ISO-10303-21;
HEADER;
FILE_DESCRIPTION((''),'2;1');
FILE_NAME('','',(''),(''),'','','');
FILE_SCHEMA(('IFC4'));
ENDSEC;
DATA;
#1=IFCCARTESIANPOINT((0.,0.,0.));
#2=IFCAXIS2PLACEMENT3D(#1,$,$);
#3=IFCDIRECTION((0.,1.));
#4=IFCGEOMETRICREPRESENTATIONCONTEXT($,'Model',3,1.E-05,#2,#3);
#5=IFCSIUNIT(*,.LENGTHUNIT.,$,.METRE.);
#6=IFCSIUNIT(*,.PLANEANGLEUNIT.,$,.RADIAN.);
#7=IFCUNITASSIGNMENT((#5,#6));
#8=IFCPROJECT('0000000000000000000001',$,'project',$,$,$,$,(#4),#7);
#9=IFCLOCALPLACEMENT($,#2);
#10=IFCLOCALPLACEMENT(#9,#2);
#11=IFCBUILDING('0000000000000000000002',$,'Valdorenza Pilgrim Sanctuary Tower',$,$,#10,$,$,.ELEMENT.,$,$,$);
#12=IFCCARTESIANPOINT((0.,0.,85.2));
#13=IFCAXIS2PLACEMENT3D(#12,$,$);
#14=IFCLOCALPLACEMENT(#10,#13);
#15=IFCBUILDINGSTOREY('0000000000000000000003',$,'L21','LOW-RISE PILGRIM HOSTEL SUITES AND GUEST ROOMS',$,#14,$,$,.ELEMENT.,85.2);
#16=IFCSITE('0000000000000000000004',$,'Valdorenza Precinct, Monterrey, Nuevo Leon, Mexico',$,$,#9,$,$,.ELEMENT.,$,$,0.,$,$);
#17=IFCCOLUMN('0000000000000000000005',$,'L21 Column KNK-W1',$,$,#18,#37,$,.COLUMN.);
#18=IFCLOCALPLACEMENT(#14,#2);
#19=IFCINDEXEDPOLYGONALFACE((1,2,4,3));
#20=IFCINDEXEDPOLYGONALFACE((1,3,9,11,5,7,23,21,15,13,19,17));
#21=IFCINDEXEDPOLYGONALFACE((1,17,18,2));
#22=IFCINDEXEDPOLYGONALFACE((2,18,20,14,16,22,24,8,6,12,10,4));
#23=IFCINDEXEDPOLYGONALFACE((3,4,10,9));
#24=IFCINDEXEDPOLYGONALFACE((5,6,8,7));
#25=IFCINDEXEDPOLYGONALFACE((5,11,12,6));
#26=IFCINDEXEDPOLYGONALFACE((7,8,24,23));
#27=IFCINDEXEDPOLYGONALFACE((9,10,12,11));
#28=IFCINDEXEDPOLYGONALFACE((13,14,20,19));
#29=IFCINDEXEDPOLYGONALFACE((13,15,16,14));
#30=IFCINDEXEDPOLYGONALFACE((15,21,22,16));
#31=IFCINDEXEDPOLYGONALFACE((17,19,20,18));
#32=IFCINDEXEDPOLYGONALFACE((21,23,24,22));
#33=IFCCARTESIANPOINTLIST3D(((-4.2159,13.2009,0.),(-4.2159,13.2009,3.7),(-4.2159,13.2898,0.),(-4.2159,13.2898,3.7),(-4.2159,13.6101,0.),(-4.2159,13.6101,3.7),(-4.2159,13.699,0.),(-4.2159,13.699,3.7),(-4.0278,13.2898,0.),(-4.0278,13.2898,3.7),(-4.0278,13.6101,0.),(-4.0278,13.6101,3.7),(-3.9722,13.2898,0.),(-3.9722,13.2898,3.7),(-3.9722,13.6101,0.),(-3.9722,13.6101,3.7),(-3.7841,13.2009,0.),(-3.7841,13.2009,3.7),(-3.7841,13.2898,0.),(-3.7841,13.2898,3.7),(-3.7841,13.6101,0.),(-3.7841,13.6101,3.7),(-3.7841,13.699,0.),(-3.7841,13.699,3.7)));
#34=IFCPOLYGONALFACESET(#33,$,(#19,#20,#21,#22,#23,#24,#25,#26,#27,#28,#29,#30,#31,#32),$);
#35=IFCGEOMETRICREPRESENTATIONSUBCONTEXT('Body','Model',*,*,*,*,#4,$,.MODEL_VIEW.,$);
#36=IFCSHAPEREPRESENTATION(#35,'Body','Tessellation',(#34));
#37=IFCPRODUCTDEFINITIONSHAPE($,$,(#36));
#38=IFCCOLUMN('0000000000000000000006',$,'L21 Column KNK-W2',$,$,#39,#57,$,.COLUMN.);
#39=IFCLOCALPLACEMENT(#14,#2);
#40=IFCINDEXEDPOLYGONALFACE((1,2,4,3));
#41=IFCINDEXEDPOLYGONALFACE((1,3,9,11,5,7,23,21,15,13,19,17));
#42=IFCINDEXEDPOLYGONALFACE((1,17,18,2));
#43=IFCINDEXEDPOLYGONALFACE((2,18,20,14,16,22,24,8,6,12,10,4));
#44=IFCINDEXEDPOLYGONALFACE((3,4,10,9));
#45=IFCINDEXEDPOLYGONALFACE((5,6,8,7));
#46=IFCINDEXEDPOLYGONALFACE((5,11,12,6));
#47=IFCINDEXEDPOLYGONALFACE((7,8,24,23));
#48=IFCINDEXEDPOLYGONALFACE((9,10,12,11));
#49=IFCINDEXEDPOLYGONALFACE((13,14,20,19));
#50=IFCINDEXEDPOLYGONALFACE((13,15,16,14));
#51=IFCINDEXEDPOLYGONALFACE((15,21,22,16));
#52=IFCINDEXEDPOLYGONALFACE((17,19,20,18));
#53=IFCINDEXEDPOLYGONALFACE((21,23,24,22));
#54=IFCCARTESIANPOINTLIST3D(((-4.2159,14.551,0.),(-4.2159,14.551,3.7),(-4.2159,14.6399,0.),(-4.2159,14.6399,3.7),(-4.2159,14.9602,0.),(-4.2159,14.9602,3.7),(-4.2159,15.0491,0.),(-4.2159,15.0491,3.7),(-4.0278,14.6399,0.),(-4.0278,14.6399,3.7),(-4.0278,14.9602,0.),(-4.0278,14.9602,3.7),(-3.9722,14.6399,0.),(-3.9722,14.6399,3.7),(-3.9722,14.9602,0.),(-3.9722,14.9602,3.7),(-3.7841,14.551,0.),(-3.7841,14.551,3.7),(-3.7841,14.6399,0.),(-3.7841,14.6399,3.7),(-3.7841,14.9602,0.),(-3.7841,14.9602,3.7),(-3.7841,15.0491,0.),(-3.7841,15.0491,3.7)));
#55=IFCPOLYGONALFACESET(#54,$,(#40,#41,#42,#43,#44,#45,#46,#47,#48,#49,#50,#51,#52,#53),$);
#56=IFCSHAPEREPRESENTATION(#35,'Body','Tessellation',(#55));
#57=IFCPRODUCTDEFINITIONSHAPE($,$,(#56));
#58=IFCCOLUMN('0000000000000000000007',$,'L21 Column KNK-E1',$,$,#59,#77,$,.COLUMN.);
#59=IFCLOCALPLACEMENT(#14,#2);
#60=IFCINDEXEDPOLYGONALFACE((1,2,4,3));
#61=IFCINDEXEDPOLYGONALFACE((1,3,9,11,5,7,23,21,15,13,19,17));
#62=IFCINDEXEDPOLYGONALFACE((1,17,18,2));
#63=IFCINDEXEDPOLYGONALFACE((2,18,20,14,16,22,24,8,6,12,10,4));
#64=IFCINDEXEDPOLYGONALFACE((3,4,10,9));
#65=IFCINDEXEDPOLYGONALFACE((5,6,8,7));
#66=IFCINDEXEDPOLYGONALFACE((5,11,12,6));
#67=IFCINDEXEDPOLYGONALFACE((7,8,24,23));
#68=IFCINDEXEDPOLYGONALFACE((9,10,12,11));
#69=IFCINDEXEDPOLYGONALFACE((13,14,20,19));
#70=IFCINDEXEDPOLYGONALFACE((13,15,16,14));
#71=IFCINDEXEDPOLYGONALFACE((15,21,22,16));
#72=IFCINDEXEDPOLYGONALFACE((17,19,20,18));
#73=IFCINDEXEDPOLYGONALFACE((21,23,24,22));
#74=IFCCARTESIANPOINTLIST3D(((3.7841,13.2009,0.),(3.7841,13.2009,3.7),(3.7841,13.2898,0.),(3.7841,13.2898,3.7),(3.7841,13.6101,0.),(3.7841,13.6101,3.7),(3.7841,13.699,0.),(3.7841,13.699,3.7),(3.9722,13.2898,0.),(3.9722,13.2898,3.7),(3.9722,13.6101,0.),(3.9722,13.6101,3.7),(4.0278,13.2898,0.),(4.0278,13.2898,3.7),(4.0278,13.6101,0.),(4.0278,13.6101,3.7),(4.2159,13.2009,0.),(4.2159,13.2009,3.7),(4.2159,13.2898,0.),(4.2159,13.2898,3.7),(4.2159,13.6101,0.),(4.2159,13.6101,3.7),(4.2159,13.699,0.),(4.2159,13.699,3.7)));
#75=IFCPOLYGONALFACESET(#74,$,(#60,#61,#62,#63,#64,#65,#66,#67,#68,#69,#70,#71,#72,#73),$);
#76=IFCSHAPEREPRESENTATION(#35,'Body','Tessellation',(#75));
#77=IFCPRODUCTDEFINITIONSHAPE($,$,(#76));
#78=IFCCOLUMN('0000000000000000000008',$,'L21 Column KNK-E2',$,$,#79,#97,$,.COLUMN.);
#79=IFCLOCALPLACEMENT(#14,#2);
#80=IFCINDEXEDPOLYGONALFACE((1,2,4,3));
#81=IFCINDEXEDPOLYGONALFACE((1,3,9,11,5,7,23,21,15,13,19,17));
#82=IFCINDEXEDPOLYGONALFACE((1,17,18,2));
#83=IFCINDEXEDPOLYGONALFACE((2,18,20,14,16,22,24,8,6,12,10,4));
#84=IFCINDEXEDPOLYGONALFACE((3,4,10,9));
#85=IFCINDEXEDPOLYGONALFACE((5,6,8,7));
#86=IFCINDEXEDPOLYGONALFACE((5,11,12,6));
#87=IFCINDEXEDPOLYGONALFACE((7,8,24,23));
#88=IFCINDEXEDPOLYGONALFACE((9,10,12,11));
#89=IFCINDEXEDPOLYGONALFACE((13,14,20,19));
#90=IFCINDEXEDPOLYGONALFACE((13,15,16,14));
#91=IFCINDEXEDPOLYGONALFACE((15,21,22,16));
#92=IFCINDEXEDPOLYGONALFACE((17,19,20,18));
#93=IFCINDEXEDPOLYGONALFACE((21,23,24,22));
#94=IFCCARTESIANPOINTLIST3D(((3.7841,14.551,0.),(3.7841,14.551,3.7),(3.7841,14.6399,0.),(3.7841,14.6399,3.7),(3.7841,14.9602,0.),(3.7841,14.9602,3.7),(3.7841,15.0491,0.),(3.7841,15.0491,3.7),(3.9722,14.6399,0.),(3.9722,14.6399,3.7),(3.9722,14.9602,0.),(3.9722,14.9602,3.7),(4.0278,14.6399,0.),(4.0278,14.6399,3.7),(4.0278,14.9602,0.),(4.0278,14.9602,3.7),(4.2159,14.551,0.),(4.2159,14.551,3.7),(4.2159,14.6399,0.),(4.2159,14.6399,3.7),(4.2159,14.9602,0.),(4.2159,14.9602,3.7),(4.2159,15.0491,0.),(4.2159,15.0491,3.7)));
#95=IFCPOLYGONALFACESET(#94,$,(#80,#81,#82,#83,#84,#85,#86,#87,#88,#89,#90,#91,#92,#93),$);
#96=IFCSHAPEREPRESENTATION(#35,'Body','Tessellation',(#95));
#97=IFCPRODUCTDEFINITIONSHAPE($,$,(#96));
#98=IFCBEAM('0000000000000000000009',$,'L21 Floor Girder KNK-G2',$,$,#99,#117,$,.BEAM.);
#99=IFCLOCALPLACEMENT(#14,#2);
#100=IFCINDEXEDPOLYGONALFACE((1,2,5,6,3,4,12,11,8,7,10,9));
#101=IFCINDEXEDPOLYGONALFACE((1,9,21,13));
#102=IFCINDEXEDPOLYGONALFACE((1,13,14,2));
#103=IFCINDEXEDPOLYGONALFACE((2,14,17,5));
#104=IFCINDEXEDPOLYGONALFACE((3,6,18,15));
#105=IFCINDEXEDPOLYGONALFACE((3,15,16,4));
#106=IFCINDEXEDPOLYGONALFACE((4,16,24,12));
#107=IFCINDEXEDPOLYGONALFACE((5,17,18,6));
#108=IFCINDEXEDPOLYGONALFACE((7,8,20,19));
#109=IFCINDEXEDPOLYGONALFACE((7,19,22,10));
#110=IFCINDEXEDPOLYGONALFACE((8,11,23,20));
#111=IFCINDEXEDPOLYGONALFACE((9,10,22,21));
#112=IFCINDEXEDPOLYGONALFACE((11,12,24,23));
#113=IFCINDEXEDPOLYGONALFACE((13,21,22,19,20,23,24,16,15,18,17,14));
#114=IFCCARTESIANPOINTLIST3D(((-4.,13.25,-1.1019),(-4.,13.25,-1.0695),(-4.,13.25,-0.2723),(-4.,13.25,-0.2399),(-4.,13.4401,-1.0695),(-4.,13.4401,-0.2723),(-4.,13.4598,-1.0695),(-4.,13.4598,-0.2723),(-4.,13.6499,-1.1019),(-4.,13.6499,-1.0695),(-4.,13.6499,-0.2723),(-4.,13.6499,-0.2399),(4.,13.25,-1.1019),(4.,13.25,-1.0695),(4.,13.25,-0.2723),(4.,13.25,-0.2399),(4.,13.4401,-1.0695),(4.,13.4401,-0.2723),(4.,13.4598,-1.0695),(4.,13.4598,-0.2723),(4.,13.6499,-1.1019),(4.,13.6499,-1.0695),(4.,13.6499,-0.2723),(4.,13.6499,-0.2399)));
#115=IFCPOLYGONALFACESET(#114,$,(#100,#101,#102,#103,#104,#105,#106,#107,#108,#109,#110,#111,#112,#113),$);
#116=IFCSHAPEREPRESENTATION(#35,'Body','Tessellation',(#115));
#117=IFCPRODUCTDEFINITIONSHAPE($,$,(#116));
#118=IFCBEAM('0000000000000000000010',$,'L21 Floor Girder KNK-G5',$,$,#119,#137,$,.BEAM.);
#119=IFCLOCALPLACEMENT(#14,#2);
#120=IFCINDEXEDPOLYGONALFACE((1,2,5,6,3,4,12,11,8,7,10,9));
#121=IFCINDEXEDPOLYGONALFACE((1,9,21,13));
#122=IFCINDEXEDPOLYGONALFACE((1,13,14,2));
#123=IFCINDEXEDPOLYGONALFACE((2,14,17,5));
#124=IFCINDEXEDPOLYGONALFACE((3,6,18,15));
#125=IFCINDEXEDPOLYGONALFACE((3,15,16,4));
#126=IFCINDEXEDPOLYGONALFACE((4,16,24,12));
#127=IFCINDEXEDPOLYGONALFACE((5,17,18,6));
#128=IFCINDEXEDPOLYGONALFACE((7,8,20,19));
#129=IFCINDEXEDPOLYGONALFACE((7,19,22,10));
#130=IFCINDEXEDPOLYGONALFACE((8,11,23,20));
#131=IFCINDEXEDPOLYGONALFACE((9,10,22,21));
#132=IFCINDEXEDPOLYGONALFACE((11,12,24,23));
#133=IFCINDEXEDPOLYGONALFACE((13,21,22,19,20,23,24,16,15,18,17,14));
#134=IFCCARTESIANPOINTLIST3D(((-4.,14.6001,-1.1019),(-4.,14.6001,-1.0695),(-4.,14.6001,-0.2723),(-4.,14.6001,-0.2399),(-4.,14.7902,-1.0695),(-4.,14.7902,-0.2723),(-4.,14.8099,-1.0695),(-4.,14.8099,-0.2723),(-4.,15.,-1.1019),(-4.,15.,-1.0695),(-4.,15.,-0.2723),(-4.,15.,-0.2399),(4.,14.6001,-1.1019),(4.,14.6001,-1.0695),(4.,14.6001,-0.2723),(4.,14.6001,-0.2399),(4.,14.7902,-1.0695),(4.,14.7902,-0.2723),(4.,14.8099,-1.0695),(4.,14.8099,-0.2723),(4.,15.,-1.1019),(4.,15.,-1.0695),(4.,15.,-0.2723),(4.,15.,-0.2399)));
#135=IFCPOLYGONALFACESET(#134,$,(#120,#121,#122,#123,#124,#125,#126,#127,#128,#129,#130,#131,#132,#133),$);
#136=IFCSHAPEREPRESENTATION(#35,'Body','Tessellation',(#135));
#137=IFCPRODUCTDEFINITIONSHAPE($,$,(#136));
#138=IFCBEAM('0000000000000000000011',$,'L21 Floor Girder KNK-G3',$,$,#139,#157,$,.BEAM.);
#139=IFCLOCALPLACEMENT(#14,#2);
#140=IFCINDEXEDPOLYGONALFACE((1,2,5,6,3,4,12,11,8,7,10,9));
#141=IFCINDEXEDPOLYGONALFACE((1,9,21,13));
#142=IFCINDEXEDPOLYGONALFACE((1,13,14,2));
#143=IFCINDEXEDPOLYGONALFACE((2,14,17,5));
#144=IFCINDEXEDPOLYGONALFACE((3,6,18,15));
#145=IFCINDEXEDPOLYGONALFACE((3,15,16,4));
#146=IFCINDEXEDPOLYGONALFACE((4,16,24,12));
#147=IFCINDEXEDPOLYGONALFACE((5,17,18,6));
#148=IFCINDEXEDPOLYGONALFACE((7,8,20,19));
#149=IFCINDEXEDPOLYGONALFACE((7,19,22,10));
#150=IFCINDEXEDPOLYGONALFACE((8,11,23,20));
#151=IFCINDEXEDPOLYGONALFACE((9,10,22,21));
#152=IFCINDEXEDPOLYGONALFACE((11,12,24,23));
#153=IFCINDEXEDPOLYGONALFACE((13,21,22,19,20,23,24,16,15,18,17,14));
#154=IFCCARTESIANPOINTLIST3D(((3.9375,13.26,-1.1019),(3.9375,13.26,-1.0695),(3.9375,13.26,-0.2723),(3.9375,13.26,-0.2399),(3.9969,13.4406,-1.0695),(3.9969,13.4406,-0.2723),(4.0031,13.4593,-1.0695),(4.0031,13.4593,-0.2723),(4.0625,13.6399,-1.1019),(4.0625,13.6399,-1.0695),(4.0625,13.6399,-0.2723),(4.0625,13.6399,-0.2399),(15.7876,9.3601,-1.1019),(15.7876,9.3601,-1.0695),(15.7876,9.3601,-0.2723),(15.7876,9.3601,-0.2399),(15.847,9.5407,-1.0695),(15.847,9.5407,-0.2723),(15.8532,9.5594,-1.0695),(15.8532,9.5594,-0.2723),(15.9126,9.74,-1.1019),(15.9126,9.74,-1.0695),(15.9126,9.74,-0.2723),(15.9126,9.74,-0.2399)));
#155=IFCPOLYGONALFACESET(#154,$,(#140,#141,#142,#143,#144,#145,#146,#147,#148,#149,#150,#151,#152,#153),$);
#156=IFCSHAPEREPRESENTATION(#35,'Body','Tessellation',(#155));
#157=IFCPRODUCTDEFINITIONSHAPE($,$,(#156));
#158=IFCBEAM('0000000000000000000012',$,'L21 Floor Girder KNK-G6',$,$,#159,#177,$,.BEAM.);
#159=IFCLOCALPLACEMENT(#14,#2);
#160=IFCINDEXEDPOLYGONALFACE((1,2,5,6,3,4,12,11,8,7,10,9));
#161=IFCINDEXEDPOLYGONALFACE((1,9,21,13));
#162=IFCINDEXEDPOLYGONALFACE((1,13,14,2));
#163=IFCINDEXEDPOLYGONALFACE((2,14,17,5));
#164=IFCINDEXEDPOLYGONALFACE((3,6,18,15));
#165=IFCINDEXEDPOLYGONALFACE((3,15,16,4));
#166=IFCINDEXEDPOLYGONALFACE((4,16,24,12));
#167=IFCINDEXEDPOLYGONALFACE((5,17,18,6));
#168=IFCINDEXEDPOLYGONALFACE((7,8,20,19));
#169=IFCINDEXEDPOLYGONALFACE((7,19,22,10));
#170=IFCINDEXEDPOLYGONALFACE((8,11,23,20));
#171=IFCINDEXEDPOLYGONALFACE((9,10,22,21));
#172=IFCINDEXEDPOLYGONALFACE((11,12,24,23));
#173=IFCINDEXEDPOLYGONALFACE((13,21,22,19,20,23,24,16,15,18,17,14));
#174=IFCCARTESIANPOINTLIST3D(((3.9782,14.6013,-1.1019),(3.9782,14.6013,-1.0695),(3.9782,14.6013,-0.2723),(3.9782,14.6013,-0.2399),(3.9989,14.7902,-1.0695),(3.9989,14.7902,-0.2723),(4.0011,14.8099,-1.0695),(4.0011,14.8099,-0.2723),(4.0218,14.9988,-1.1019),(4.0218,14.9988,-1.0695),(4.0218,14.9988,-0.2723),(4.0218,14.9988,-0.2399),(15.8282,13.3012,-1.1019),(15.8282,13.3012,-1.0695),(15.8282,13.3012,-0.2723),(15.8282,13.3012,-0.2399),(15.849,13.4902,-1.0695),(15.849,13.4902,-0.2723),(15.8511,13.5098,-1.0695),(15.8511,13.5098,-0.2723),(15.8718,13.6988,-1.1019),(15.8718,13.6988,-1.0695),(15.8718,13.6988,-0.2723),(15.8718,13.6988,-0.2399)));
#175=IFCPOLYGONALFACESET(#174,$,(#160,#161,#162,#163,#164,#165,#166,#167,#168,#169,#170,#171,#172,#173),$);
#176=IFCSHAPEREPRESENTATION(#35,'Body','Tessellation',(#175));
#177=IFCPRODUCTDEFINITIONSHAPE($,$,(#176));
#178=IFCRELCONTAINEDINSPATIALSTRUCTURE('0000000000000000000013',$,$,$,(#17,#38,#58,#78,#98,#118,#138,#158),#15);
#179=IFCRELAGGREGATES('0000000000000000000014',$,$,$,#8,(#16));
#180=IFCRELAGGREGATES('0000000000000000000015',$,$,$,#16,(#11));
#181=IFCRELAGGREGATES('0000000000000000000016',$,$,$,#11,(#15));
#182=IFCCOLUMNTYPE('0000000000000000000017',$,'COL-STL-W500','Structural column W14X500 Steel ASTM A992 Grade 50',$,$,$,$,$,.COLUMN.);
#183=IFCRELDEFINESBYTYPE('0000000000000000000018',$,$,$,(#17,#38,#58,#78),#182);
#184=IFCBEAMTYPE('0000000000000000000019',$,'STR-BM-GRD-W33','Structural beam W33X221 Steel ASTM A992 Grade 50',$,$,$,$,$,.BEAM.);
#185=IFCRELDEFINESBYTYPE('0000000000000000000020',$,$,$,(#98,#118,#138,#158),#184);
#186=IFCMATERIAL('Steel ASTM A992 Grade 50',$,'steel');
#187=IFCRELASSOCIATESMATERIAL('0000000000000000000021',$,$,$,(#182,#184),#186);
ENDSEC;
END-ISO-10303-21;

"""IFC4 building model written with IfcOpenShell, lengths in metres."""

from ifc_helpers import new_model, si_unit, direction, frame, origin, origin_2d, place, context, subcontext, project, spatial, i_section, extrude, source, transform, mapped, material, material_profile, profile_set, type_object, element, save


model = new_model("IFC4")

# Units and contexts
model_context = context("Model", 3, precision=1e-05, world=origin(), true_north=direction((0.0, 1.0)))
body_context = subcontext(model_context, "Body", "Model", "MODEL_VIEW")
ifc_project = project(units=[si_unit("LENGTHUNIT", "METRE"), si_unit("PLANEANGLEUNIT", "RADIAN")], contexts=[model_context])

# Site, building, storey
site_placement = place(None, origin())
site = spatial("IfcSite", under=ifc_project, at=site_placement, Name="Valdorenza Precinct, Monterrey, Nuevo Leon, Mexico", CompositionType="ELEMENT", RefElevation=0.0)
building_placement = place(site_placement, origin())
building = spatial("IfcBuilding", under=site, at=building_placement, Name="Valdorenza Pilgrim Sanctuary Tower", CompositionType="ELEMENT")
storey_placement = place(building_placement, frame((0.0, 0.0, 85.2)))
storey = spatial("IfcBuildingStorey", under=building, at=storey_placement, Name="L21", Description="LOW-RISE PILGRIM HOSTEL SUITES AND GUEST ROOMS", CompositionType="ELEMENT", Elevation=85.2)

# Columns
ifc_material_1 = material(Name="Steel ASTM A992 Grade 50", Category="steel")
ifc_material_profile_1 = material_profile(ifc_material_1, i_section(OverallWidth=0.4319, OverallDepth=0.498, WebThickness=0.0557, FlangeThickness=0.0889, at=origin_2d()), Name="W14X500")
ifc_profile_set_1 = profile_set([ifc_material_profile_1], Name="Steel ASTM A992 Grade 50")
column_type = type_object("IfcColumnType", Name="COL-STL-W500", Description="Structural column W14X500 Steel ASTM A992 Grade 50", PredefinedType="COLUMN", material=ifc_profile_set_1)
shared_shape_1 = source(origin(), body_context, "Body", "SweptSolid", [
    extrude(i_section(OverallWidth=0.4319, OverallDepth=0.498, WebThickness=0.0557, FlangeThickness=0.0889, at=origin_2d()), origin(), (0.0, 0.0, 1.0), 3.7),
])
for number, where, z_axis, x_axis, name in (
    (1, (-4.0, 13.45, 0.0), (0.0, 0.0, 1.0), (1.0, 0.0, 0.0), "L21 Column KNK-W1"),
    (2, (-4.0, 14.8, 0.0), (0.0, 0.0, 1.0), (1.0, 0.0, 0.0), "L21 Column KNK-W2"),
    (3, (4.0, 13.45, 0.0), (0.0, 0.0, 1.0), (1.0, 0.0, 0.0), "L21 Column KNK-E1"),
    (4, (4.0, 14.8, 0.0), (0.0, 0.0, 1.0), (1.0, 0.0, 0.0), "L21 Column KNK-E2"),
):
    element("IfcColumn", number, at=place(storey_placement, frame(where, z_axis=z_axis, x_axis=x_axis)), inside=storey, type_object=column_type, Name=name, PredefinedType="COLUMN", context=body_context, shape_type="MappedRepresentation", body=[
        mapped(shared_shape_1, transform((0.0, 0.0, 0.0), x_axis=(1.0, 0.0, 0.0), y_axis=(0.0, 1.0, 0.0), z_axis=(0.0, 0.0, 1.0), scale=1.0)),
    ])

# Beams
ifc_material_profile_2 = material_profile(ifc_material_1, i_section(OverallWidth=0.3999, OverallDepth=0.8621, WebThickness=0.0198, FlangeThickness=0.0325, at=origin_2d()), Name="W33X221")
ifc_profile_set_2 = profile_set([ifc_material_profile_2], Name="Steel ASTM A992 Grade 50")
beam_type_1 = type_object("IfcBeamType", Name="STR-BM-GRD-W33", Description="Structural beam W33X221 Steel ASTM A992 Grade 50", PredefinedType="BEAM", material=ifc_profile_set_2)
shared_shape_2 = source(origin(), body_context, "Body", "SweptSolid", [
    extrude(i_section(OverallWidth=0.3999, OverallDepth=0.8621, WebThickness=0.0198, FlangeThickness=0.0325, at=origin_2d()), origin(), (0.0, 0.0, 1.0), 8.0),
])
for number, where, z_axis, x_axis, name in (
    (5, (-4.0, 13.45, -0.6709), (1.0, 0.0, 0.0), (0.0, 1.0, 0.0), "L21 Floor Girder KNK-G2"),
    (6, (-4.0, 14.8, -0.6709), (1.0, 0.0, 0.0), (0.0, 1.0, 0.0), "L21 Floor Girder KNK-G5"),
):
    element("IfcBeam", number, at=place(storey_placement, frame(where, z_axis=z_axis, x_axis=x_axis)), inside=storey, type_object=beam_type_1, Name=name, PredefinedType="BEAM", context=body_context, shape_type="MappedRepresentation", body=[
        mapped(shared_shape_2, transform((0.0, 0.0, 0.0), x_axis=(1.0, 0.0, 0.0), y_axis=(0.0, 1.0, 0.0), z_axis=(0.0, 0.0, 1.0), scale=1.0)),
    ])
shared_shape_3 = source(origin(), body_context, "Body", "SweptSolid", [
    extrude(i_section(OverallWidth=0.3999, OverallDepth=0.8621, WebThickness=0.0198, FlangeThickness=0.0325, at=origin_2d()), origin(), (0.0, 0.0, 1.0), 12.4753),
])
beam_1_placement = place(storey_placement, frame((4.0, 13.45, -0.6709), z_axis=(0.949882, -0.312609, 0.0), x_axis=(0.312609, 0.949882, 0.0)))
element("IfcBeam", 7, at=beam_1_placement, inside=storey, type_object=beam_type_1, Name="L21 Floor Girder KNK-G3", PredefinedType="BEAM", context=body_context, shape_type="MappedRepresentation", body=[
    mapped(shared_shape_3, transform((0.0, 0.0, 0.0), x_axis=(1.0, 0.0, 0.0), y_axis=(0.0, 1.0, 0.0), z_axis=(0.0, 0.0, 1.0), scale=1.0)),
])
shared_shape_4 = source(origin(), body_context, "Body", "SweptSolid", [
    extrude(i_section(OverallWidth=0.3999, OverallDepth=0.8621, WebThickness=0.0198, FlangeThickness=0.0325, at=origin_2d()), origin(), (0.0, 0.0, 1.0), 11.9211),
])
beam_2_placement = place(storey_placement, frame((4.0, 14.8, -0.6709), z_axis=(0.994036, -0.109054, 0.0), x_axis=(0.109054, 0.994036, 0.0)))
element("IfcBeam", 8, at=beam_2_placement, inside=storey, type_object=beam_type_1, Name="L21 Floor Girder KNK-G6", PredefinedType="BEAM", context=body_context, shape_type="MappedRepresentation", body=[
    mapped(shared_shape_4, transform((0.0, 0.0, 0.0), x_axis=(1.0, 0.0, 0.0), y_axis=(0.0, 1.0, 0.0), z_axis=(0.0, 0.0, 1.0), scale=1.0)),
])

save(model, "model.ifc")
